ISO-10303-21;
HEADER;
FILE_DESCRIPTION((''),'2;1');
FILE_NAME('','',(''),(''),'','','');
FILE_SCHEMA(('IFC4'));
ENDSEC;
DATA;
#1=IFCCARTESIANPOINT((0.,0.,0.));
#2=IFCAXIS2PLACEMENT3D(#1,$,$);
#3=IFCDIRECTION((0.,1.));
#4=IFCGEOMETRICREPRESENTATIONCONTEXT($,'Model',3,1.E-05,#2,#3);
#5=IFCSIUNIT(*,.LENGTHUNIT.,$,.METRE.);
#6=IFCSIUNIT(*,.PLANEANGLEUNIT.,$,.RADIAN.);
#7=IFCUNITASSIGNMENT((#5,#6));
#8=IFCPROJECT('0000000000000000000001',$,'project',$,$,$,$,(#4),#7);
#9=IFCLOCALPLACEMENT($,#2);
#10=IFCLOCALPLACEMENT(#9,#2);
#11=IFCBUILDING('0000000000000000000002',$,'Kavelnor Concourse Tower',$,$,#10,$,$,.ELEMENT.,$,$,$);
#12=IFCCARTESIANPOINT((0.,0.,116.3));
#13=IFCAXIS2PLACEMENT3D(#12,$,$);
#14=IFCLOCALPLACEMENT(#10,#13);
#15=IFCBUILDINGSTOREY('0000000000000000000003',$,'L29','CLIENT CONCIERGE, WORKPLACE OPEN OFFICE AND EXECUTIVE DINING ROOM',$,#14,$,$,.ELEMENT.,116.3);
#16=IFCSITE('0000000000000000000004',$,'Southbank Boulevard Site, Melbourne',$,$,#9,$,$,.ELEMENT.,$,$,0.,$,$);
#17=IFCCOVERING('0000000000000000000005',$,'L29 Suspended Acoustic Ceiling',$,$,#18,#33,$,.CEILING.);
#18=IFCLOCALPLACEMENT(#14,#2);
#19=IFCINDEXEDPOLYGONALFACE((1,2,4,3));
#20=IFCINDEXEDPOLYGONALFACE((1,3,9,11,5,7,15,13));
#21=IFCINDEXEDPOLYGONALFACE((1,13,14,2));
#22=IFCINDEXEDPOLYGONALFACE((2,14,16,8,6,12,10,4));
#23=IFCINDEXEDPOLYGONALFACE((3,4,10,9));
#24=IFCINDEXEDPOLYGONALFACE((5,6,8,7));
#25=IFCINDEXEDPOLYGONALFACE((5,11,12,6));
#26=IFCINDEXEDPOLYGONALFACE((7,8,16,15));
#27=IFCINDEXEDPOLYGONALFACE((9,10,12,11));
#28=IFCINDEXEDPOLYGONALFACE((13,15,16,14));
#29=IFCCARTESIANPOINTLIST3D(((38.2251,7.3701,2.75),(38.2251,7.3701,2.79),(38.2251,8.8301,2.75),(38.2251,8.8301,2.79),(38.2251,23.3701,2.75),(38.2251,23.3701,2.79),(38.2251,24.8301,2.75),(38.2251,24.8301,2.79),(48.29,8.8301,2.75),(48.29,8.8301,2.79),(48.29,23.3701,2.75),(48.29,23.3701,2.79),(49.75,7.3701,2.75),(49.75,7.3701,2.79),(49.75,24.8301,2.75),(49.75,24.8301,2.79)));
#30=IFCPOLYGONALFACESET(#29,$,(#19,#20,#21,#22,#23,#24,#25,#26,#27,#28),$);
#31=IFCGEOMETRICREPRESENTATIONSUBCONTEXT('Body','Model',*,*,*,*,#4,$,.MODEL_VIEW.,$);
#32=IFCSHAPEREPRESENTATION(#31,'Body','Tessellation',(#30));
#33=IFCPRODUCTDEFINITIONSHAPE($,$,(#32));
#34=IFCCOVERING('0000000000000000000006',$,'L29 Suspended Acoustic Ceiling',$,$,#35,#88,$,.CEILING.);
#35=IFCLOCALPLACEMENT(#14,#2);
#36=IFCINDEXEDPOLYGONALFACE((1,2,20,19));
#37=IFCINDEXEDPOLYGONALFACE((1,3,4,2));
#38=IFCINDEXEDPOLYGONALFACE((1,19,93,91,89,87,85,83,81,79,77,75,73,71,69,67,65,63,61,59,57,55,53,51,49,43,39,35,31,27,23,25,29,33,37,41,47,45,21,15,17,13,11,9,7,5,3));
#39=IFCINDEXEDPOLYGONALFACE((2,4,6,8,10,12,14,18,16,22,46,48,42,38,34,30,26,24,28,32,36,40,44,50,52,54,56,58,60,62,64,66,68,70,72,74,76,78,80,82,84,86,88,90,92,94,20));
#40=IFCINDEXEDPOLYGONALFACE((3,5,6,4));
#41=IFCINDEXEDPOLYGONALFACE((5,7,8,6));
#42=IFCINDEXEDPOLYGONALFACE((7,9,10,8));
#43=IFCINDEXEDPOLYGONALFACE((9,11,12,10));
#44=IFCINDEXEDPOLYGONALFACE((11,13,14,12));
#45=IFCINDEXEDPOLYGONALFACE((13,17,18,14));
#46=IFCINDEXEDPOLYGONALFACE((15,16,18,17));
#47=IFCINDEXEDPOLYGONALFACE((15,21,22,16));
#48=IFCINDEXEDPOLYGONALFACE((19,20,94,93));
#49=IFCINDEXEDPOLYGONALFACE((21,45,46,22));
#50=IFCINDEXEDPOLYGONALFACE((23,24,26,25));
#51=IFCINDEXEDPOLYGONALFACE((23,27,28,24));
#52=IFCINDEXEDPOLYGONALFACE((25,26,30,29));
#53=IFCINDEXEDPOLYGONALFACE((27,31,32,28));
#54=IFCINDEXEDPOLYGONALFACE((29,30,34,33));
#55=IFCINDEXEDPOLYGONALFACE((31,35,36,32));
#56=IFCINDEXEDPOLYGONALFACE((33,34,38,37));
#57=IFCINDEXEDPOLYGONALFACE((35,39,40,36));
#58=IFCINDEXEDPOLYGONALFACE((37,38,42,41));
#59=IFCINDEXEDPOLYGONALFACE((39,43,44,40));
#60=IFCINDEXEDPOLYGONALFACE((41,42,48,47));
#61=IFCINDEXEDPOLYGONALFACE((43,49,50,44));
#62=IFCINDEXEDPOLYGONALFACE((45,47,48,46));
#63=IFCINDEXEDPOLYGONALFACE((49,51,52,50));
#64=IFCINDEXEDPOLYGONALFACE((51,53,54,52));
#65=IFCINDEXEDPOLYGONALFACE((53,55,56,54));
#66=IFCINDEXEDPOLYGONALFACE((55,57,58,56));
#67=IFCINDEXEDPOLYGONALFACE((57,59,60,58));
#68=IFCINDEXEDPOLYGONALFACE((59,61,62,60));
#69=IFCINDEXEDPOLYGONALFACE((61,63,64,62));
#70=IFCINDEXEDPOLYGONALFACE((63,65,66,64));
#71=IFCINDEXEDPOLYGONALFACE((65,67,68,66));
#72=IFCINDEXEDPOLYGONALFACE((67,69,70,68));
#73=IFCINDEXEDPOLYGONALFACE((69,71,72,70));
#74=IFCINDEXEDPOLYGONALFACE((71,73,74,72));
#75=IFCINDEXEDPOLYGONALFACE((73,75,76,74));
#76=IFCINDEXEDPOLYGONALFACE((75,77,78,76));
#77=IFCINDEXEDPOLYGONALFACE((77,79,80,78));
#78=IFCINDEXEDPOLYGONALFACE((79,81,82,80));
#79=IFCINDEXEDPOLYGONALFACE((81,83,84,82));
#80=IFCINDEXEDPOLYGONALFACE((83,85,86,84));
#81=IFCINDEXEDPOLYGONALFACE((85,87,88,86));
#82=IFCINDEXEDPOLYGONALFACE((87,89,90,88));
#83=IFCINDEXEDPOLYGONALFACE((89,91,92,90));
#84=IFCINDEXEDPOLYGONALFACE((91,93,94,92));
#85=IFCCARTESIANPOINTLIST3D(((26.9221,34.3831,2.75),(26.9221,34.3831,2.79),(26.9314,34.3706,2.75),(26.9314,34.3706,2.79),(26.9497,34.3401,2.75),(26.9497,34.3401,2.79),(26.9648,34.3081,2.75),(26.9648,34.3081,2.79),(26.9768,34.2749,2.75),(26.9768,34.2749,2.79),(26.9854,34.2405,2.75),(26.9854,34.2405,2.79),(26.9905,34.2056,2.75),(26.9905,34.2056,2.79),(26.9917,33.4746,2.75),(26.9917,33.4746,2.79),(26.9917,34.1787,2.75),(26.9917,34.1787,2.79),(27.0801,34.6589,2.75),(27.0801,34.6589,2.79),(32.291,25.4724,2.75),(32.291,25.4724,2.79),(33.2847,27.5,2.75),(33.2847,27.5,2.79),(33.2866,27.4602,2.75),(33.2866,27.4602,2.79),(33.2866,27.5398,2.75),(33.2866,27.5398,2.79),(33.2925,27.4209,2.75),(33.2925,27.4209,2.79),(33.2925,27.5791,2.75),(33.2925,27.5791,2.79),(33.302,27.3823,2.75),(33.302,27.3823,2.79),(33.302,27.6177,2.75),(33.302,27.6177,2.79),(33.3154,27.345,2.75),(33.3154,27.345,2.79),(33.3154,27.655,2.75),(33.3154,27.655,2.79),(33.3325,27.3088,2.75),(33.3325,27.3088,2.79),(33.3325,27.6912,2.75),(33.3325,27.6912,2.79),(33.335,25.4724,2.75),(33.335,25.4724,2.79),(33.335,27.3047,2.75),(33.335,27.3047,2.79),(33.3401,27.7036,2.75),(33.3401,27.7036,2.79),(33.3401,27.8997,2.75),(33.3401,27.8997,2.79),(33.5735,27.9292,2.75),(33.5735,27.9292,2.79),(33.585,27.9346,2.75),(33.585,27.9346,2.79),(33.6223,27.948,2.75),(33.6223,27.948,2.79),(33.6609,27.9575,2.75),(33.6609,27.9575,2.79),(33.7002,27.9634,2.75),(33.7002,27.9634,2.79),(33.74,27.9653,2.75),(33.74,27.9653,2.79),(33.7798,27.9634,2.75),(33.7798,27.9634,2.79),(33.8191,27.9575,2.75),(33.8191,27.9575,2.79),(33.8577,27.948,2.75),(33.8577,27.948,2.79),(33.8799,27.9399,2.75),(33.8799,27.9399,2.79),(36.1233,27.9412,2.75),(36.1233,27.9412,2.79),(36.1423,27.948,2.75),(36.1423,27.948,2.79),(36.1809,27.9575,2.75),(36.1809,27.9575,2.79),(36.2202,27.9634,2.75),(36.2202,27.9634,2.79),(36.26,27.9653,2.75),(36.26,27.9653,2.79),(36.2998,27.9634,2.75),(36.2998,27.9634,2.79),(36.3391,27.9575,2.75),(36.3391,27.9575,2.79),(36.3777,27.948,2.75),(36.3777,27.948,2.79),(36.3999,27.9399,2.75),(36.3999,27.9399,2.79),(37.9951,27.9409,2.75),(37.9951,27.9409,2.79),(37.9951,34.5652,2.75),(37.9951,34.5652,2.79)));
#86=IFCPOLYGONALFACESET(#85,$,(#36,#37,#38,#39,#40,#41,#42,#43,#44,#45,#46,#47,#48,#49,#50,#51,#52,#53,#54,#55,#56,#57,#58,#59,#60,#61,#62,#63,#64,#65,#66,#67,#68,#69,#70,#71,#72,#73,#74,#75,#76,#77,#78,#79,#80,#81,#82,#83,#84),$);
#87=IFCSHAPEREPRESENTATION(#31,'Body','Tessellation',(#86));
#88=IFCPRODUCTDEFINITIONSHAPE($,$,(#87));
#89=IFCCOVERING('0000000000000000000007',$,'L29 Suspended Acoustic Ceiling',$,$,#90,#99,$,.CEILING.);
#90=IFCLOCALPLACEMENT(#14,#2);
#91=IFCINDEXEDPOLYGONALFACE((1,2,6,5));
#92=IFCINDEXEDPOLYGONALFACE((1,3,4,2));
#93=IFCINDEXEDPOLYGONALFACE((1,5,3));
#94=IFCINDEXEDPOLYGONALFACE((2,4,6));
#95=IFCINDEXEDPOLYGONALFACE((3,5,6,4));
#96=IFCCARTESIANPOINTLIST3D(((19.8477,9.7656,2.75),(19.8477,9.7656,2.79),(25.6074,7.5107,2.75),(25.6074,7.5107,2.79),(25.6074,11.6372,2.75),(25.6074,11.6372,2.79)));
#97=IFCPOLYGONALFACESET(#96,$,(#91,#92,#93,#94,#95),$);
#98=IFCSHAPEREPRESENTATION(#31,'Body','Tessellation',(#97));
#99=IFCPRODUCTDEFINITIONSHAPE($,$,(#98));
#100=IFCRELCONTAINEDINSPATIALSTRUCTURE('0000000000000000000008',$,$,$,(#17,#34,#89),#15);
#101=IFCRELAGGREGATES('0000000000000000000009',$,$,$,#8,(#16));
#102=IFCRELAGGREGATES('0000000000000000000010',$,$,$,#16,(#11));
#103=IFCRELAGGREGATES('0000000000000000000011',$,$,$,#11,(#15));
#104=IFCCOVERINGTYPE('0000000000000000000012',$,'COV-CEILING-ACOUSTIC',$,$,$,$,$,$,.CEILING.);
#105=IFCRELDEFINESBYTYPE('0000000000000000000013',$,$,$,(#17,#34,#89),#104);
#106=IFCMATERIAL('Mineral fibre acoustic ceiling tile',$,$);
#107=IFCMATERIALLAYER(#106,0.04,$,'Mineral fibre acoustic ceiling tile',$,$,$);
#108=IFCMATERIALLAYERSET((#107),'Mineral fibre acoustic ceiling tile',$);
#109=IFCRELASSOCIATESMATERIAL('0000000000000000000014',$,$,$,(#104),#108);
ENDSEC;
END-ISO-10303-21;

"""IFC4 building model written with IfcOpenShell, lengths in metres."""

from ifc_helpers import new_model, si_unit, direction, frame, origin, place, context, subcontext, project, spatial, polyline, outline, extrude, material, layer, layer_set, type_object, element, save


model = new_model("IFC4")

# Units and contexts
model_context = context("Model", 3, precision=1e-05, world=origin(), true_north=direction((0.0, 1.0)))
body_context = subcontext(model_context, "Body", "Model", "MODEL_VIEW")
ifc_project = project(units=[si_unit("LENGTHUNIT", "METRE"), si_unit("PLANEANGLEUNIT", "RADIAN")], contexts=[model_context])

# Site, building, storey
site_placement = place(None, origin())
site = spatial("IfcSite", under=ifc_project, at=site_placement, Name="Southbank Boulevard Site, Melbourne", CompositionType="ELEMENT", RefElevation=0.0)
building_placement = place(site_placement, origin())
building = spatial("IfcBuilding", under=site, at=building_placement, Name="Kavelnor Concourse Tower", CompositionType="ELEMENT")
storey_placement = place(building_placement, frame((0.0, 0.0, 116.3)))
storey = spatial("IfcBuildingStorey", under=building, at=storey_placement, Name="L29", Description="CLIENT CONCIERGE, WORKPLACE OPEN OFFICE AND EXECUTIVE DINING ROOM", CompositionType="ELEMENT", Elevation=116.3)

# Coverings
ifc_material_1 = material(Name="Mineral fibre acoustic ceiling tile")
ifc_layer_1 = layer(ifc_material_1, 0.04, Name="Mineral fibre acoustic ceiling tile")
ifc_layer_set_1 = layer_set([ifc_layer_1], Name="Mineral fibre acoustic ceiling tile")
covering_type = type_object("IfcCoveringType", Name="COV-CEILING-ACOUSTIC", PredefinedType="CEILING", material=ifc_layer_set_1)
covering_1_placement = place(storey_placement, frame((0.0, 0.0, 2.75)))
element("IfcCovering", 1, at=covering_1_placement, inside=storey, type_object=covering_type, Name="L29 Suspended Acoustic Ceiling", PredefinedType="CEILING", context=body_context, shape_type="SweptSolid", body=[
    extrude(outline(polyline([(49.75, 7.3701), (38.2251, 7.3701), (38.2251, 8.8301), (48.29, 8.8301), (48.29, 23.3701), (38.2251, 23.3701), (38.2251, 24.8301), (49.75, 24.8301), (49.75, 7.3701)])), origin(), (0.0, 0.0, 1.0), 0.04),
])
covering_2_placement = place(storey_placement, frame((0.0, 0.0, 2.75)))
element("IfcCovering", 2, at=covering_2_placement, inside=storey, type_object=covering_type, Name="L29 Suspended Acoustic Ceiling", PredefinedType="CEILING", context=body_context, shape_type="SweptSolid", body=[
    extrude(outline(polyline([(37.9951, 27.9409), (36.3999, 27.9399), (36.3777, 27.948), (36.3391, 27.9575), (36.2998, 27.9634), (36.26, 27.9653), (36.2202, 27.9634), (36.1809, 27.9575), (36.1423, 27.948), (36.1233, 27.9412), (33.8799, 27.9399), (33.8577, 27.948), (33.8191, 27.9575), (33.7798, 27.9634), (33.74, 27.9653), (33.7002, 27.9634), (33.6609, 27.9575), (33.6223, 27.948), (33.585, 27.9346), (33.5735, 27.9292), (33.3401, 27.8997), (33.3401, 27.7036), (33.3325, 27.6912), (33.3154, 27.655), (33.302, 27.6177), (33.2925, 27.5791), (33.2866, 27.5398), (33.2847, 27.5), (33.2866, 27.4602), (33.2925, 27.4209), (33.302, 27.3823), (33.3154, 27.345), (33.3325, 27.3088), (33.335, 27.3047), (33.335, 25.4724), (32.291, 25.4724), (26.9917, 33.4746), (26.9917, 34.1787), (26.9905, 34.2056), (26.9854, 34.2405), (26.9768, 34.2749), (26.9648, 34.3081), (26.9497, 34.3401), (26.9314, 34.3706), (26.9221, 34.3831), (27.0801, 34.6589), (37.9951, 34.5652), (37.9951, 27.9409)])), origin(), (0.0, 0.0, 1.0), 0.04),
])
covering_3_placement = place(storey_placement, frame((0.0, 0.0, 2.75)))
element("IfcCovering", 3, at=covering_3_placement, inside=storey, type_object=covering_type, Name="L29 Suspended Acoustic Ceiling", PredefinedType="CEILING", context=body_context, shape_type="SweptSolid", body=[
    extrude(outline(polyline([(19.8477, 9.7656), (25.6074, 11.6372), (25.6074, 7.5107), (19.8477, 9.7656)])), origin(), (0.0, 0.0, 1.0), 0.04),
])

save(model, "model.ifc")
